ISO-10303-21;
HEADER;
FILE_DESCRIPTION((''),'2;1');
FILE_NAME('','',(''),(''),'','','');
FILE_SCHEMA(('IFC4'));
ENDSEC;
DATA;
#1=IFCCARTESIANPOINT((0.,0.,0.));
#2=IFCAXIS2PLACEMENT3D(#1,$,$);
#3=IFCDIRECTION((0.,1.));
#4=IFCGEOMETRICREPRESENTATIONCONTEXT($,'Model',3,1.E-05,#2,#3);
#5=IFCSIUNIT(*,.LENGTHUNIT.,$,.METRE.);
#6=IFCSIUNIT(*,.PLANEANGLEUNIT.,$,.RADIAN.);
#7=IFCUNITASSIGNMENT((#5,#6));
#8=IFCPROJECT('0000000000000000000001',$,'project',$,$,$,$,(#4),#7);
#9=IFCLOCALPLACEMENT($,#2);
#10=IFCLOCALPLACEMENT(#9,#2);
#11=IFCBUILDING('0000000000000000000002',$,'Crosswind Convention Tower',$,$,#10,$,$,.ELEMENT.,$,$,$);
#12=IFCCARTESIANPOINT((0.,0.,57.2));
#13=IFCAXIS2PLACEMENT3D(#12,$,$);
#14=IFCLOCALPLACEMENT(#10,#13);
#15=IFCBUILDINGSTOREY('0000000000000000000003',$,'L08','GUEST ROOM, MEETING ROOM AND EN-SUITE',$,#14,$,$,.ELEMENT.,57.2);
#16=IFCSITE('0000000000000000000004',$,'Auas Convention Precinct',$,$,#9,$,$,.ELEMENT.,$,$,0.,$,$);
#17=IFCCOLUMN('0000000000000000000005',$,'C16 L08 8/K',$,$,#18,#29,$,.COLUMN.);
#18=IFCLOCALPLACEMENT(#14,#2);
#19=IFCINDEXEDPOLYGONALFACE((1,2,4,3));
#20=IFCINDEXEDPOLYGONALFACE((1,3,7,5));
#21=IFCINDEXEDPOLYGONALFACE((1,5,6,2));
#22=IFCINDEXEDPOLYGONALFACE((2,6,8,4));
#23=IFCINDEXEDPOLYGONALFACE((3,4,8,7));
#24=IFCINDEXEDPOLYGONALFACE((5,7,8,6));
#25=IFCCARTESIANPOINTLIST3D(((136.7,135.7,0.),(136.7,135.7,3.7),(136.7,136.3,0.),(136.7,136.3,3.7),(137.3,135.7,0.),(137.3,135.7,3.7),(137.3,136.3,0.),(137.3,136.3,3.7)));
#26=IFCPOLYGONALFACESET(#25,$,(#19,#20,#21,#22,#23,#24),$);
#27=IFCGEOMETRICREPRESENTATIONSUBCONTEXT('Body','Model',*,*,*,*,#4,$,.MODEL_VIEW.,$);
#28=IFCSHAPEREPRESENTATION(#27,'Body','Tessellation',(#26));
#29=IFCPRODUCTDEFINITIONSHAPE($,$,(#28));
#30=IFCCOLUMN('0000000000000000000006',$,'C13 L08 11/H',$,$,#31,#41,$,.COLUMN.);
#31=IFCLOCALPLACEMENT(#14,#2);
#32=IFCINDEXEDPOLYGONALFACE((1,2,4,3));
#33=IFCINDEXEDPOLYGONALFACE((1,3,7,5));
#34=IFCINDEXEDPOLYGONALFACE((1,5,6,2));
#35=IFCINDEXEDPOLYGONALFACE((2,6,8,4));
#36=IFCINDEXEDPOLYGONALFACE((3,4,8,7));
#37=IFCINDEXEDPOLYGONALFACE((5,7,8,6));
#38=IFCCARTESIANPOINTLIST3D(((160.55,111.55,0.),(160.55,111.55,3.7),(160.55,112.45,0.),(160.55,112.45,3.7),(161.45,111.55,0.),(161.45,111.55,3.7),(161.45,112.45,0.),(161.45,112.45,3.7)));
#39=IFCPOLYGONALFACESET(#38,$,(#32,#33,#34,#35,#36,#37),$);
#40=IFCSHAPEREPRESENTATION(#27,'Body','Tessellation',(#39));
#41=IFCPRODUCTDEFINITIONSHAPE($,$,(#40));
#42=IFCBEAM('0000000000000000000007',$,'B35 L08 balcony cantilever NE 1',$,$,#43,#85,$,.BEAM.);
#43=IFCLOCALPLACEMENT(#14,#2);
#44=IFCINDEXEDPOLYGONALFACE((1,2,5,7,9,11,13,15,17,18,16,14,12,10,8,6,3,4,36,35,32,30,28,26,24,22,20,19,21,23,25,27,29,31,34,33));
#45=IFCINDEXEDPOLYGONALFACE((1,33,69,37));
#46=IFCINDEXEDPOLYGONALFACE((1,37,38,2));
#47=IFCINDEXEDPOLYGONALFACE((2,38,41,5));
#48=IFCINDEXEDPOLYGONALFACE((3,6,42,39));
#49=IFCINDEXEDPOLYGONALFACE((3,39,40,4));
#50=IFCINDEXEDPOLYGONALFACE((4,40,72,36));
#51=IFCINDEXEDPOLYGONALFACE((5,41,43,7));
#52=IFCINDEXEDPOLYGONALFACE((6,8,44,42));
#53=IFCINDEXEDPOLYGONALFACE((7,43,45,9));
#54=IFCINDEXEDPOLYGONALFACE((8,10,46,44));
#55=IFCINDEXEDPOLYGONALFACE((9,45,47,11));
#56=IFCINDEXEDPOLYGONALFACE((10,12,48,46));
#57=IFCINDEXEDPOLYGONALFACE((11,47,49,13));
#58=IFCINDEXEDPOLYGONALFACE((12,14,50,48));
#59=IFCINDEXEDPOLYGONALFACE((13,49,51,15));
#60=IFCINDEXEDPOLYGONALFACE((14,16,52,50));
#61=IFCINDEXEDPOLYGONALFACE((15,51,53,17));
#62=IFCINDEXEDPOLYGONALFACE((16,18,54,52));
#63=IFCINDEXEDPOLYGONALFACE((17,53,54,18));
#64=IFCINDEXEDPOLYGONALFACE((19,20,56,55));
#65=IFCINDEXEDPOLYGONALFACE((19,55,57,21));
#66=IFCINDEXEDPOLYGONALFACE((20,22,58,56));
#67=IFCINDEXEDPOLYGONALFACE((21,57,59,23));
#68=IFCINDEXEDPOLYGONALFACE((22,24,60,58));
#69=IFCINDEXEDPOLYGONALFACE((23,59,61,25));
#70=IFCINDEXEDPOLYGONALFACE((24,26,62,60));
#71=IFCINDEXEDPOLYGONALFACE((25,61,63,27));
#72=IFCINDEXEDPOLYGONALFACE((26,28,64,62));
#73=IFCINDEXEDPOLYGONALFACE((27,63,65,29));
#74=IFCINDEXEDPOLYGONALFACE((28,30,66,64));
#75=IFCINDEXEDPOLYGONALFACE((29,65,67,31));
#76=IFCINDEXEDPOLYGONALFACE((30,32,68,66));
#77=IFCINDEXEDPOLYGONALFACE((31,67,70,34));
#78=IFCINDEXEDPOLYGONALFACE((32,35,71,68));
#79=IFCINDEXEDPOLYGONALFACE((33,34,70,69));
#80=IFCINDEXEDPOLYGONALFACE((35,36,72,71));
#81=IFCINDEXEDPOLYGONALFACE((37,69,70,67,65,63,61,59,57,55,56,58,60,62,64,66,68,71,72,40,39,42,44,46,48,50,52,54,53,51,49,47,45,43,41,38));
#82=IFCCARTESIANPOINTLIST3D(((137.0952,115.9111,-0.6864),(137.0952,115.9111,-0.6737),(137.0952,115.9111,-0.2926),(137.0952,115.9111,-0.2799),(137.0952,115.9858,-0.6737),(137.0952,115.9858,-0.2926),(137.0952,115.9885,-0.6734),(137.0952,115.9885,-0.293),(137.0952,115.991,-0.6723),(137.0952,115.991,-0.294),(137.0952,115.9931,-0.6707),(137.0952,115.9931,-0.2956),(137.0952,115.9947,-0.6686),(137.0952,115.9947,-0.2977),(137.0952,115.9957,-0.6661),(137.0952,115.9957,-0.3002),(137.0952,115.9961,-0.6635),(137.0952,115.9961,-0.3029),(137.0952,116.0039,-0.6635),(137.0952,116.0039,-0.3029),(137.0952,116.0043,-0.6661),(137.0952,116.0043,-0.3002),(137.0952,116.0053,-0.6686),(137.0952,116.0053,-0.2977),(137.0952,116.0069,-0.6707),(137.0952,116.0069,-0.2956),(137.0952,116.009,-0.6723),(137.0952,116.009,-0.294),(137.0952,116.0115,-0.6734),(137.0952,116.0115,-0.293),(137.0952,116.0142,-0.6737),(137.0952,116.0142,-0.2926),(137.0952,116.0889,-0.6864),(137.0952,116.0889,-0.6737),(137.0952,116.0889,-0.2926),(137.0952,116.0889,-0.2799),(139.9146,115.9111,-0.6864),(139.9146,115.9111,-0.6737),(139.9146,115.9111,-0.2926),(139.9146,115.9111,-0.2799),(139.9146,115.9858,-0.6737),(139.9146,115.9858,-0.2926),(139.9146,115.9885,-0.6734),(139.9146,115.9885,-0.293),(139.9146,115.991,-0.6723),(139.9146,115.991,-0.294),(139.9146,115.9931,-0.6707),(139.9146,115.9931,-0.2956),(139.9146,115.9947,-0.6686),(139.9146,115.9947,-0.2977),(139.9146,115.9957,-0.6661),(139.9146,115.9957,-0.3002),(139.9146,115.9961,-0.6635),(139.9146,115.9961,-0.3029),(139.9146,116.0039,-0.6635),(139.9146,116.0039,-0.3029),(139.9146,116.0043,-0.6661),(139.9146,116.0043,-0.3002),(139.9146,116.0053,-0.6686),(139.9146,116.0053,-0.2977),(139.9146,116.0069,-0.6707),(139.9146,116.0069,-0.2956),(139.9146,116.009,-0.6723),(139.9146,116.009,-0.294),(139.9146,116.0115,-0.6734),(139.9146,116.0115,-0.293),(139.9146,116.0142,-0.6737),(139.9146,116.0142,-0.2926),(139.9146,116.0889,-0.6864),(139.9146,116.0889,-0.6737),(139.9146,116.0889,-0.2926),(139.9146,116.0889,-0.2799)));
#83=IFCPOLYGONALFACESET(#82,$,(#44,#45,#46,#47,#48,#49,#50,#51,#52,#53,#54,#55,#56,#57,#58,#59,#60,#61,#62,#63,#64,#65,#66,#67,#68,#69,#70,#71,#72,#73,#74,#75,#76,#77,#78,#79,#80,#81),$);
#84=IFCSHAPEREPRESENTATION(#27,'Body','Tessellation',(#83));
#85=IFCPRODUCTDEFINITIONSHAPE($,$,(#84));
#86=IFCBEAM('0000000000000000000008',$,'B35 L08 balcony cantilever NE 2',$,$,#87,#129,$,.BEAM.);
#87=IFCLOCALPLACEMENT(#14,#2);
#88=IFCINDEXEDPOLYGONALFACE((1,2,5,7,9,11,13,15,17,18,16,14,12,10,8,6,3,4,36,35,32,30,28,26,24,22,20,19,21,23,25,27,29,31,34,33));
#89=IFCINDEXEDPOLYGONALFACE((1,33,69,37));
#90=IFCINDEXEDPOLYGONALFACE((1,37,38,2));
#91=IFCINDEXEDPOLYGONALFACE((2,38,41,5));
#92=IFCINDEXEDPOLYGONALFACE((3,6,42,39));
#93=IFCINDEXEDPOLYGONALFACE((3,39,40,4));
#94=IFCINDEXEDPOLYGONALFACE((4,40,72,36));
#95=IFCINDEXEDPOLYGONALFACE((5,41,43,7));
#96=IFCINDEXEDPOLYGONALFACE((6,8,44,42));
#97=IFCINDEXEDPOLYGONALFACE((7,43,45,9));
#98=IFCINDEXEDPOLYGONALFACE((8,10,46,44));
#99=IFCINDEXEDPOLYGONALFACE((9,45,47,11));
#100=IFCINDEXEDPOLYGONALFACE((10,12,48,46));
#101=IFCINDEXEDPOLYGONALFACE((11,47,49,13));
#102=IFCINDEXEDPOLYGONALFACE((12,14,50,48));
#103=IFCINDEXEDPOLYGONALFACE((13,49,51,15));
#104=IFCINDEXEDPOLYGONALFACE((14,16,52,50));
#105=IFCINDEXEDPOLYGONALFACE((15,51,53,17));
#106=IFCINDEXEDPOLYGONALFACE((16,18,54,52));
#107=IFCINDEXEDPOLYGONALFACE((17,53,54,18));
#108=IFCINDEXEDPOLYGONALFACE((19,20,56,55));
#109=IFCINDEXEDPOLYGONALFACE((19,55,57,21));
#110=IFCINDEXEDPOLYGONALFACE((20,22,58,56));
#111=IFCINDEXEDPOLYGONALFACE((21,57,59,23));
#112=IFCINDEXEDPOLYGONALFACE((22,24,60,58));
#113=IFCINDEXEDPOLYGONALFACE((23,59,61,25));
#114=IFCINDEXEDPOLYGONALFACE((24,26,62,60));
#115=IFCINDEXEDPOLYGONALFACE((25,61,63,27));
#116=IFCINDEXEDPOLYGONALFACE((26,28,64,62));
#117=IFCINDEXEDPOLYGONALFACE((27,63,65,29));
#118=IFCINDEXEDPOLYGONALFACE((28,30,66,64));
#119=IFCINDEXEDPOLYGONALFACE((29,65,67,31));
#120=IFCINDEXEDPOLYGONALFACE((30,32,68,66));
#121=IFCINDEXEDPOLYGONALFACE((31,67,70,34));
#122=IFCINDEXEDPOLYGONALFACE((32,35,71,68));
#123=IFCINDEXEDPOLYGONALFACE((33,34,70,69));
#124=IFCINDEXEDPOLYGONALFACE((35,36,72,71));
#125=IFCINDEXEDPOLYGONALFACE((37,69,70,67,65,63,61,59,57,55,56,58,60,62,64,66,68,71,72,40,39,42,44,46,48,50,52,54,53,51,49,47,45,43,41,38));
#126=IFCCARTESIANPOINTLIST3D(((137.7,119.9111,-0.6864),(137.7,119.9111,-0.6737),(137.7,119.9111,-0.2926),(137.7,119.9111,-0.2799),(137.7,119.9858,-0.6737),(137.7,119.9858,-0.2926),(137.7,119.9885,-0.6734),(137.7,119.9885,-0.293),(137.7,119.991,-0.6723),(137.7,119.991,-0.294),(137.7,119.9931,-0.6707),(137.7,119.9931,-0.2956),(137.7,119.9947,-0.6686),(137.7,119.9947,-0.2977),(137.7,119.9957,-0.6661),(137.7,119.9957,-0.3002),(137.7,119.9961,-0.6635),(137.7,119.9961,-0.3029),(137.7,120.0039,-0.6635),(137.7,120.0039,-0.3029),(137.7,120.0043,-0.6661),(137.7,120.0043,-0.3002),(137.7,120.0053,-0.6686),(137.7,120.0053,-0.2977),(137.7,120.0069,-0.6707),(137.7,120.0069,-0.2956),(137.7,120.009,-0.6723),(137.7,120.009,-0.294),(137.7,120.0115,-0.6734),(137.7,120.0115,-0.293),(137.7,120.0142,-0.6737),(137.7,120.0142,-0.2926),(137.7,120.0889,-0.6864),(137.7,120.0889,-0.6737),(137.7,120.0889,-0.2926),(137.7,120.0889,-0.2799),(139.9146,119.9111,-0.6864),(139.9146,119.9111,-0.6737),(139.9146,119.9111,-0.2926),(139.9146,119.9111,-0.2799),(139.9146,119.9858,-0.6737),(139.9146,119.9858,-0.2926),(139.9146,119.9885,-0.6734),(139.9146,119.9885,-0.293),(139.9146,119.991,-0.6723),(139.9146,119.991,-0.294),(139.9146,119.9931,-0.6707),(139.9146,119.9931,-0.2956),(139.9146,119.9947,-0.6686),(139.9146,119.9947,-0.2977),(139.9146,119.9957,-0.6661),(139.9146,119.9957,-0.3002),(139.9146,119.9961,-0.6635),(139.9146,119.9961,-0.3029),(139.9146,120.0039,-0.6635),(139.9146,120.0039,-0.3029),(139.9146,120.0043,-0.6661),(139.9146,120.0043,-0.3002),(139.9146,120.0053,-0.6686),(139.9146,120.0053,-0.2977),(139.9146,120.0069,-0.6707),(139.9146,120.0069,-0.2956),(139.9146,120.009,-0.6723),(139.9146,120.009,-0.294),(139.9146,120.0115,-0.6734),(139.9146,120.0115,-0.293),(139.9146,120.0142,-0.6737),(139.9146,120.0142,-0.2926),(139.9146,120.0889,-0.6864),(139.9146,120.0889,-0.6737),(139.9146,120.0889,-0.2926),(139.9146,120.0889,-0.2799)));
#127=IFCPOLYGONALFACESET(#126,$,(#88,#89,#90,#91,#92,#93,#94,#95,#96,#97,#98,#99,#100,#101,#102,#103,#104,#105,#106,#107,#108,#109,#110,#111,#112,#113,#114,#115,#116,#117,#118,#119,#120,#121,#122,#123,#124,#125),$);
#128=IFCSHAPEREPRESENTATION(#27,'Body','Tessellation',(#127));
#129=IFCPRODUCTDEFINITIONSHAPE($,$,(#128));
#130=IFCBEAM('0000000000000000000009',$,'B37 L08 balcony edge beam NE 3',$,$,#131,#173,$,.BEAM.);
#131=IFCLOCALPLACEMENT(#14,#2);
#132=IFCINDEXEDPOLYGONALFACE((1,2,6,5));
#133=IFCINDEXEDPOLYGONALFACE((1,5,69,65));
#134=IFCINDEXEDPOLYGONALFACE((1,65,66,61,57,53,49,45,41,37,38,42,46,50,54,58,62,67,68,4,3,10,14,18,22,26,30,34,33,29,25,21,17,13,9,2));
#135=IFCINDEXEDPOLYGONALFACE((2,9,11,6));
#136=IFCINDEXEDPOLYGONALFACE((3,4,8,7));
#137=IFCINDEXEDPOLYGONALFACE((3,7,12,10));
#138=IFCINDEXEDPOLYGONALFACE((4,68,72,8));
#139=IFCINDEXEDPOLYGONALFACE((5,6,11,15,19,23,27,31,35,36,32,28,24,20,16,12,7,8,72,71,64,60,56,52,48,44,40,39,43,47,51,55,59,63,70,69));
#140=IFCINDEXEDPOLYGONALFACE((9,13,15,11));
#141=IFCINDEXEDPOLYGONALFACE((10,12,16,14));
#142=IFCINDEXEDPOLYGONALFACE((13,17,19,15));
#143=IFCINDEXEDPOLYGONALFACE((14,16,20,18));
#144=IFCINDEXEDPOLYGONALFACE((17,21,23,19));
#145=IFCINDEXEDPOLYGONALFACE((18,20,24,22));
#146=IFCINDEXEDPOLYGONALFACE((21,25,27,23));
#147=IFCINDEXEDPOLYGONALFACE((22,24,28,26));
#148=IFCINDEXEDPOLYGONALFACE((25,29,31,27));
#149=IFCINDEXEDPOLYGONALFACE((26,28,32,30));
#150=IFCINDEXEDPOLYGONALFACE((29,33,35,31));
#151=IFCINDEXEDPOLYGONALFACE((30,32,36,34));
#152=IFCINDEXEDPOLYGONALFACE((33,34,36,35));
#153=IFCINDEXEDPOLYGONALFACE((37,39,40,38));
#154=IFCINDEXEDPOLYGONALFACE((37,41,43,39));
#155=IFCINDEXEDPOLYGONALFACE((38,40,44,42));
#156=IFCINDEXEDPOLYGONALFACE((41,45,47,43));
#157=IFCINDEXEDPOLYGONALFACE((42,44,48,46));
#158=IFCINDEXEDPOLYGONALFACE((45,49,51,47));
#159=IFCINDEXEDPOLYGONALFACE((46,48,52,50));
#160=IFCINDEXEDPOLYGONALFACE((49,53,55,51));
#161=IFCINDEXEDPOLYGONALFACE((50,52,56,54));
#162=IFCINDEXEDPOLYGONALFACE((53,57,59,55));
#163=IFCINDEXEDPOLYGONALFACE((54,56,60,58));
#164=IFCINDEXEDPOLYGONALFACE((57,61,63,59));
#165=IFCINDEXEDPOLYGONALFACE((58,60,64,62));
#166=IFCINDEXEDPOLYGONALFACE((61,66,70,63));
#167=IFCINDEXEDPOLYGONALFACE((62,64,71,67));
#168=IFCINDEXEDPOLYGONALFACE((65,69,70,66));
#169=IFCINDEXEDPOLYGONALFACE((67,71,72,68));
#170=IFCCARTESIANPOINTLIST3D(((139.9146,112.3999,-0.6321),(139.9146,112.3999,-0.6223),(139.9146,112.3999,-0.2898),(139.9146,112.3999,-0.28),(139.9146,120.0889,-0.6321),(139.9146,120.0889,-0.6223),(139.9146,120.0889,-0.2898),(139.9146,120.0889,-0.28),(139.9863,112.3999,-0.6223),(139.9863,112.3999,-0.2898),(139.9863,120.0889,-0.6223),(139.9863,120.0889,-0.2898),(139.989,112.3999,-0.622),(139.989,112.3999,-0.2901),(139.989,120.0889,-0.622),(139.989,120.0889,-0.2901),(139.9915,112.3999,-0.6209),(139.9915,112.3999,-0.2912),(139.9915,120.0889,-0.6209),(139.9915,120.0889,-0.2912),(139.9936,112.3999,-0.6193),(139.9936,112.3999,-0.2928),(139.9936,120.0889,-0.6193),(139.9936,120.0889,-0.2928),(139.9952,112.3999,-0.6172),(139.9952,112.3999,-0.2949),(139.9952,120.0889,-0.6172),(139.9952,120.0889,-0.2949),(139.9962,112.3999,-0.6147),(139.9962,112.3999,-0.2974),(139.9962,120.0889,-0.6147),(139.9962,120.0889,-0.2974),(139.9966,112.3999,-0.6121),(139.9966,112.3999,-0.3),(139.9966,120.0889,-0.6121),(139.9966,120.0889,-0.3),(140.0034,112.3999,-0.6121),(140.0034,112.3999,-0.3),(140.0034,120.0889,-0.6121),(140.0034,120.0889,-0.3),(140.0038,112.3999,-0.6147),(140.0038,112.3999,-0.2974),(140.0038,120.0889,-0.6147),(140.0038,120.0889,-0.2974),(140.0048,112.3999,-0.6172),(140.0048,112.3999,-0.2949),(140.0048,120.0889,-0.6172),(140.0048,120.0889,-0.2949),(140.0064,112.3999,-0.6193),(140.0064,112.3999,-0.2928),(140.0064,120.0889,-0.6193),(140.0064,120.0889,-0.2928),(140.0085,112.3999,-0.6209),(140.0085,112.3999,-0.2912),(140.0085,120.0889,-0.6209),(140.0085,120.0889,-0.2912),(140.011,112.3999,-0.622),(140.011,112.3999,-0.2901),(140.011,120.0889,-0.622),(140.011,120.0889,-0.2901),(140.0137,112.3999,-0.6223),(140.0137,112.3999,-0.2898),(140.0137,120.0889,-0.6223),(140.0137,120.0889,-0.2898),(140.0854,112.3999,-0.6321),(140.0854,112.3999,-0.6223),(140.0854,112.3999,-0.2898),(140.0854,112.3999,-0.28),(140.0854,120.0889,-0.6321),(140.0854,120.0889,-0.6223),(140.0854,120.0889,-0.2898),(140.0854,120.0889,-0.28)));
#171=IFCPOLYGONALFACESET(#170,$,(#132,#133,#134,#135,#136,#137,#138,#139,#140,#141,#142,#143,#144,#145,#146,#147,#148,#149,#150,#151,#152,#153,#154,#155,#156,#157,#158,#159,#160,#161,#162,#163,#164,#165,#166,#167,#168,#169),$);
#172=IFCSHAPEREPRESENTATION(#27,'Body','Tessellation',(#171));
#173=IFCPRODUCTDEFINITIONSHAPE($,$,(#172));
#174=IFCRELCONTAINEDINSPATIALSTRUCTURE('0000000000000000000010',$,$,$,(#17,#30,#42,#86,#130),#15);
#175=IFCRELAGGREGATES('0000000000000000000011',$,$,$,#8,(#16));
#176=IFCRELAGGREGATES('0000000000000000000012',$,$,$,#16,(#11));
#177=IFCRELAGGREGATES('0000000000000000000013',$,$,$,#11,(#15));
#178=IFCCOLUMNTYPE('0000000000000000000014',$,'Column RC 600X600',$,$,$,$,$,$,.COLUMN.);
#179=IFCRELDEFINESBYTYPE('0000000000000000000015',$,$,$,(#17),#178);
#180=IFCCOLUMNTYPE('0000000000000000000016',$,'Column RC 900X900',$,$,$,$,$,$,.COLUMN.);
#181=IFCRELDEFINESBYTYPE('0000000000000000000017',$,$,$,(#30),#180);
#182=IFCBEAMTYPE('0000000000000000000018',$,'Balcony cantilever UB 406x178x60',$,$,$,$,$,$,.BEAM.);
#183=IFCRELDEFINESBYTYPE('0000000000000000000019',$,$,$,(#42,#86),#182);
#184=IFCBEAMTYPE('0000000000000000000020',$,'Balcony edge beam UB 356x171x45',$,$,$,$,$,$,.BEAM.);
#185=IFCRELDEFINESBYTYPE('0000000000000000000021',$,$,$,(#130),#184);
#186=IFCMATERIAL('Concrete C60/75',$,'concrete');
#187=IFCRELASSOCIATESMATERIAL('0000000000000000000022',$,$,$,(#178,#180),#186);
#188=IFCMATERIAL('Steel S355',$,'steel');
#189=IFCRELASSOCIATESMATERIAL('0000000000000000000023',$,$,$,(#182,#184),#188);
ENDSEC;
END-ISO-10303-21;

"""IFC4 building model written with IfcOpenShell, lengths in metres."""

from ifc_helpers import new_model, si_unit, direction, frame, origin, origin_2d, place, context, subcontext, project, spatial, rectangle, i_section, extrude, material, material_profile, profile_set, type_object, element, save


model = new_model("IFC4")

# Units and contexts
model_context = context("Model", 3, precision=1e-05, world=origin(), true_north=direction((0.0, 1.0)))
body_context = subcontext(model_context, "Body", "Model", "MODEL_VIEW")
ifc_project = project(units=[si_unit("LENGTHUNIT", "METRE"), si_unit("PLANEANGLEUNIT", "RADIAN")], contexts=[model_context])

# Site, building, storey
site_placement = place(None, origin())
site = spatial("IfcSite", under=ifc_project, at=site_placement, Name="Auas Convention Precinct", CompositionType="ELEMENT", RefElevation=0.0)
building_placement = place(site_placement, origin())
building = spatial("IfcBuilding", under=site, at=building_placement, Name="Crosswind Convention Tower", CompositionType="ELEMENT")
storey_placement = place(building_placement, frame((0.0, 0.0, 57.2)))
storey = spatial("IfcBuildingStorey", under=building, at=storey_placement, Name="L08", Description="GUEST ROOM, MEETING ROOM AND EN-SUITE", CompositionType="ELEMENT", Elevation=57.2)

# Columns
ifc_material_1 = material(Name="Concrete C60/75", Category="concrete")
ifc_material_profile_1 = material_profile(ifc_material_1, rectangle(XDim=0.6001, YDim=0.6001, at=origin_2d()), Name="RC 600X600")
ifc_profile_set_1 = profile_set([ifc_material_profile_1], Name="Concrete C60/75")
column_type_1 = type_object("IfcColumnType", Name="Column RC 600X600", PredefinedType="COLUMN", material=ifc_profile_set_1)
column_1_placement = place(storey_placement, frame((137.0, 136.0, 0.0), z_axis=(0.0, 0.0, 1.0), x_axis=(1.0, 0.0, 0.0)))
element("IfcColumn", 1, at=column_1_placement, inside=storey, type_object=column_type_1, Name="C16 L08 8/K", PredefinedType="COLUMN", context=body_context, shape_type="SweptSolid", body=[
    extrude(rectangle(XDim=0.6001, YDim=0.6001, at=origin_2d()), origin(), (0.0, 0.0, 1.0), 3.7),
])
ifc_material_profile_2 = material_profile(ifc_material_1, rectangle(XDim=0.8999, YDim=0.8999, at=origin_2d()), Name="RC 900X900")
ifc_profile_set_2 = profile_set([ifc_material_profile_2], Name="Concrete C60/75")
column_type_2 = type_object("IfcColumnType", Name="Column RC 900X900", PredefinedType="COLUMN", material=ifc_profile_set_2)
column_2_placement = place(storey_placement, frame((161.0, 112.0, 0.0), z_axis=(0.0, 0.0, 1.0), x_axis=(1.0, 0.0, 0.0)))
element("IfcColumn", 2, at=column_2_placement, inside=storey, type_object=column_type_2, Name="C13 L08 11/H", PredefinedType="COLUMN", context=body_context, shape_type="SweptSolid", body=[
    extrude(rectangle(XDim=0.8999, YDim=0.8999, at=origin_2d()), origin(), (0.0, 0.0, 1.0), 3.7),
])

# Beams
ifc_material_2 = material(Name="Steel S355", Category="steel")
ifc_material_profile_3 = material_profile(ifc_material_2, i_section(OverallWidth=0.1777, OverallDepth=0.4065, WebThickness=0.0078, FlangeThickness=0.0127, FilletRadius=0.0103, at=origin_2d()), Name="UB 406x178x60")
ifc_profile_set_3 = profile_set([ifc_material_profile_3], Name="Steel S355")
beam_type_1 = type_object("IfcBeamType", Name="Balcony cantilever UB 406x178x60", PredefinedType="BEAM", material=ifc_profile_set_3)
beam_1_placement = place(storey_placement, frame((137.0952, 116.0, -0.4832), z_axis=(1.0, 0.0, 0.0), x_axis=(0.0, 1.0, 0.0)))
element("IfcBeam", 3, at=beam_1_placement, inside=storey, type_object=beam_type_1, Name="B35 L08 balcony cantilever NE 1", PredefinedType="BEAM", context=body_context, shape_type="SweptSolid", body=[
    extrude(i_section(OverallWidth=0.1777, OverallDepth=0.4065, WebThickness=0.0078, FlangeThickness=0.0127, FilletRadius=0.0103, at=origin_2d()), origin(), (0.0, 0.0, 1.0), 2.8193),
])
beam_2_placement = place(storey_placement, frame((137.7, 120.0, -0.4832), z_axis=(1.0, 0.0, 0.0), x_axis=(0.0, 1.0, 0.0)))
element("IfcBeam", 4, at=beam_2_placement, inside=storey, type_object=beam_type_1, Name="B35 L08 balcony cantilever NE 2", PredefinedType="BEAM", context=body_context, shape_type="SweptSolid", body=[
    extrude(i_section(OverallWidth=0.1777, OverallDepth=0.4065, WebThickness=0.0078, FlangeThickness=0.0127, FilletRadius=0.0103, at=origin_2d()), origin(), (0.0, 0.0, 1.0), 2.2146),
])
ifc_material_profile_4 = material_profile(ifc_material_2, i_section(OverallWidth=0.1709, OverallDepth=0.3521, WebThickness=0.0068, FlangeThickness=0.0098, FilletRadius=0.0103, at=origin_2d()), Name="UB 356x171x45")
ifc_profile_set_4 = profile_set([ifc_material_profile_4], Name="Steel S355")
beam_type_2 = type_object("IfcBeamType", Name="Balcony edge beam UB 356x171x45", PredefinedType="BEAM", material=ifc_profile_set_4)
beam_3_placement = place(storey_placement, frame((140.0, 112.3999, -0.4561), z_axis=(0.0, 1.0, 0.0), x_axis=(-1.0, 0.0, 0.0)))
element("IfcBeam", 5, at=beam_3_placement, inside=storey, type_object=beam_type_2, Name="B37 L08 balcony edge beam NE 3", PredefinedType="BEAM", context=body_context, shape_type="SweptSolid", body=[
    extrude(i_section(OverallWidth=0.1709, OverallDepth=0.3521, WebThickness=0.0068, FlangeThickness=0.0098, FilletRadius=0.0103, at=origin_2d()), origin(), (0.0, 0.0, 1.0), 7.689),
])

save(model, "model.ifc")
